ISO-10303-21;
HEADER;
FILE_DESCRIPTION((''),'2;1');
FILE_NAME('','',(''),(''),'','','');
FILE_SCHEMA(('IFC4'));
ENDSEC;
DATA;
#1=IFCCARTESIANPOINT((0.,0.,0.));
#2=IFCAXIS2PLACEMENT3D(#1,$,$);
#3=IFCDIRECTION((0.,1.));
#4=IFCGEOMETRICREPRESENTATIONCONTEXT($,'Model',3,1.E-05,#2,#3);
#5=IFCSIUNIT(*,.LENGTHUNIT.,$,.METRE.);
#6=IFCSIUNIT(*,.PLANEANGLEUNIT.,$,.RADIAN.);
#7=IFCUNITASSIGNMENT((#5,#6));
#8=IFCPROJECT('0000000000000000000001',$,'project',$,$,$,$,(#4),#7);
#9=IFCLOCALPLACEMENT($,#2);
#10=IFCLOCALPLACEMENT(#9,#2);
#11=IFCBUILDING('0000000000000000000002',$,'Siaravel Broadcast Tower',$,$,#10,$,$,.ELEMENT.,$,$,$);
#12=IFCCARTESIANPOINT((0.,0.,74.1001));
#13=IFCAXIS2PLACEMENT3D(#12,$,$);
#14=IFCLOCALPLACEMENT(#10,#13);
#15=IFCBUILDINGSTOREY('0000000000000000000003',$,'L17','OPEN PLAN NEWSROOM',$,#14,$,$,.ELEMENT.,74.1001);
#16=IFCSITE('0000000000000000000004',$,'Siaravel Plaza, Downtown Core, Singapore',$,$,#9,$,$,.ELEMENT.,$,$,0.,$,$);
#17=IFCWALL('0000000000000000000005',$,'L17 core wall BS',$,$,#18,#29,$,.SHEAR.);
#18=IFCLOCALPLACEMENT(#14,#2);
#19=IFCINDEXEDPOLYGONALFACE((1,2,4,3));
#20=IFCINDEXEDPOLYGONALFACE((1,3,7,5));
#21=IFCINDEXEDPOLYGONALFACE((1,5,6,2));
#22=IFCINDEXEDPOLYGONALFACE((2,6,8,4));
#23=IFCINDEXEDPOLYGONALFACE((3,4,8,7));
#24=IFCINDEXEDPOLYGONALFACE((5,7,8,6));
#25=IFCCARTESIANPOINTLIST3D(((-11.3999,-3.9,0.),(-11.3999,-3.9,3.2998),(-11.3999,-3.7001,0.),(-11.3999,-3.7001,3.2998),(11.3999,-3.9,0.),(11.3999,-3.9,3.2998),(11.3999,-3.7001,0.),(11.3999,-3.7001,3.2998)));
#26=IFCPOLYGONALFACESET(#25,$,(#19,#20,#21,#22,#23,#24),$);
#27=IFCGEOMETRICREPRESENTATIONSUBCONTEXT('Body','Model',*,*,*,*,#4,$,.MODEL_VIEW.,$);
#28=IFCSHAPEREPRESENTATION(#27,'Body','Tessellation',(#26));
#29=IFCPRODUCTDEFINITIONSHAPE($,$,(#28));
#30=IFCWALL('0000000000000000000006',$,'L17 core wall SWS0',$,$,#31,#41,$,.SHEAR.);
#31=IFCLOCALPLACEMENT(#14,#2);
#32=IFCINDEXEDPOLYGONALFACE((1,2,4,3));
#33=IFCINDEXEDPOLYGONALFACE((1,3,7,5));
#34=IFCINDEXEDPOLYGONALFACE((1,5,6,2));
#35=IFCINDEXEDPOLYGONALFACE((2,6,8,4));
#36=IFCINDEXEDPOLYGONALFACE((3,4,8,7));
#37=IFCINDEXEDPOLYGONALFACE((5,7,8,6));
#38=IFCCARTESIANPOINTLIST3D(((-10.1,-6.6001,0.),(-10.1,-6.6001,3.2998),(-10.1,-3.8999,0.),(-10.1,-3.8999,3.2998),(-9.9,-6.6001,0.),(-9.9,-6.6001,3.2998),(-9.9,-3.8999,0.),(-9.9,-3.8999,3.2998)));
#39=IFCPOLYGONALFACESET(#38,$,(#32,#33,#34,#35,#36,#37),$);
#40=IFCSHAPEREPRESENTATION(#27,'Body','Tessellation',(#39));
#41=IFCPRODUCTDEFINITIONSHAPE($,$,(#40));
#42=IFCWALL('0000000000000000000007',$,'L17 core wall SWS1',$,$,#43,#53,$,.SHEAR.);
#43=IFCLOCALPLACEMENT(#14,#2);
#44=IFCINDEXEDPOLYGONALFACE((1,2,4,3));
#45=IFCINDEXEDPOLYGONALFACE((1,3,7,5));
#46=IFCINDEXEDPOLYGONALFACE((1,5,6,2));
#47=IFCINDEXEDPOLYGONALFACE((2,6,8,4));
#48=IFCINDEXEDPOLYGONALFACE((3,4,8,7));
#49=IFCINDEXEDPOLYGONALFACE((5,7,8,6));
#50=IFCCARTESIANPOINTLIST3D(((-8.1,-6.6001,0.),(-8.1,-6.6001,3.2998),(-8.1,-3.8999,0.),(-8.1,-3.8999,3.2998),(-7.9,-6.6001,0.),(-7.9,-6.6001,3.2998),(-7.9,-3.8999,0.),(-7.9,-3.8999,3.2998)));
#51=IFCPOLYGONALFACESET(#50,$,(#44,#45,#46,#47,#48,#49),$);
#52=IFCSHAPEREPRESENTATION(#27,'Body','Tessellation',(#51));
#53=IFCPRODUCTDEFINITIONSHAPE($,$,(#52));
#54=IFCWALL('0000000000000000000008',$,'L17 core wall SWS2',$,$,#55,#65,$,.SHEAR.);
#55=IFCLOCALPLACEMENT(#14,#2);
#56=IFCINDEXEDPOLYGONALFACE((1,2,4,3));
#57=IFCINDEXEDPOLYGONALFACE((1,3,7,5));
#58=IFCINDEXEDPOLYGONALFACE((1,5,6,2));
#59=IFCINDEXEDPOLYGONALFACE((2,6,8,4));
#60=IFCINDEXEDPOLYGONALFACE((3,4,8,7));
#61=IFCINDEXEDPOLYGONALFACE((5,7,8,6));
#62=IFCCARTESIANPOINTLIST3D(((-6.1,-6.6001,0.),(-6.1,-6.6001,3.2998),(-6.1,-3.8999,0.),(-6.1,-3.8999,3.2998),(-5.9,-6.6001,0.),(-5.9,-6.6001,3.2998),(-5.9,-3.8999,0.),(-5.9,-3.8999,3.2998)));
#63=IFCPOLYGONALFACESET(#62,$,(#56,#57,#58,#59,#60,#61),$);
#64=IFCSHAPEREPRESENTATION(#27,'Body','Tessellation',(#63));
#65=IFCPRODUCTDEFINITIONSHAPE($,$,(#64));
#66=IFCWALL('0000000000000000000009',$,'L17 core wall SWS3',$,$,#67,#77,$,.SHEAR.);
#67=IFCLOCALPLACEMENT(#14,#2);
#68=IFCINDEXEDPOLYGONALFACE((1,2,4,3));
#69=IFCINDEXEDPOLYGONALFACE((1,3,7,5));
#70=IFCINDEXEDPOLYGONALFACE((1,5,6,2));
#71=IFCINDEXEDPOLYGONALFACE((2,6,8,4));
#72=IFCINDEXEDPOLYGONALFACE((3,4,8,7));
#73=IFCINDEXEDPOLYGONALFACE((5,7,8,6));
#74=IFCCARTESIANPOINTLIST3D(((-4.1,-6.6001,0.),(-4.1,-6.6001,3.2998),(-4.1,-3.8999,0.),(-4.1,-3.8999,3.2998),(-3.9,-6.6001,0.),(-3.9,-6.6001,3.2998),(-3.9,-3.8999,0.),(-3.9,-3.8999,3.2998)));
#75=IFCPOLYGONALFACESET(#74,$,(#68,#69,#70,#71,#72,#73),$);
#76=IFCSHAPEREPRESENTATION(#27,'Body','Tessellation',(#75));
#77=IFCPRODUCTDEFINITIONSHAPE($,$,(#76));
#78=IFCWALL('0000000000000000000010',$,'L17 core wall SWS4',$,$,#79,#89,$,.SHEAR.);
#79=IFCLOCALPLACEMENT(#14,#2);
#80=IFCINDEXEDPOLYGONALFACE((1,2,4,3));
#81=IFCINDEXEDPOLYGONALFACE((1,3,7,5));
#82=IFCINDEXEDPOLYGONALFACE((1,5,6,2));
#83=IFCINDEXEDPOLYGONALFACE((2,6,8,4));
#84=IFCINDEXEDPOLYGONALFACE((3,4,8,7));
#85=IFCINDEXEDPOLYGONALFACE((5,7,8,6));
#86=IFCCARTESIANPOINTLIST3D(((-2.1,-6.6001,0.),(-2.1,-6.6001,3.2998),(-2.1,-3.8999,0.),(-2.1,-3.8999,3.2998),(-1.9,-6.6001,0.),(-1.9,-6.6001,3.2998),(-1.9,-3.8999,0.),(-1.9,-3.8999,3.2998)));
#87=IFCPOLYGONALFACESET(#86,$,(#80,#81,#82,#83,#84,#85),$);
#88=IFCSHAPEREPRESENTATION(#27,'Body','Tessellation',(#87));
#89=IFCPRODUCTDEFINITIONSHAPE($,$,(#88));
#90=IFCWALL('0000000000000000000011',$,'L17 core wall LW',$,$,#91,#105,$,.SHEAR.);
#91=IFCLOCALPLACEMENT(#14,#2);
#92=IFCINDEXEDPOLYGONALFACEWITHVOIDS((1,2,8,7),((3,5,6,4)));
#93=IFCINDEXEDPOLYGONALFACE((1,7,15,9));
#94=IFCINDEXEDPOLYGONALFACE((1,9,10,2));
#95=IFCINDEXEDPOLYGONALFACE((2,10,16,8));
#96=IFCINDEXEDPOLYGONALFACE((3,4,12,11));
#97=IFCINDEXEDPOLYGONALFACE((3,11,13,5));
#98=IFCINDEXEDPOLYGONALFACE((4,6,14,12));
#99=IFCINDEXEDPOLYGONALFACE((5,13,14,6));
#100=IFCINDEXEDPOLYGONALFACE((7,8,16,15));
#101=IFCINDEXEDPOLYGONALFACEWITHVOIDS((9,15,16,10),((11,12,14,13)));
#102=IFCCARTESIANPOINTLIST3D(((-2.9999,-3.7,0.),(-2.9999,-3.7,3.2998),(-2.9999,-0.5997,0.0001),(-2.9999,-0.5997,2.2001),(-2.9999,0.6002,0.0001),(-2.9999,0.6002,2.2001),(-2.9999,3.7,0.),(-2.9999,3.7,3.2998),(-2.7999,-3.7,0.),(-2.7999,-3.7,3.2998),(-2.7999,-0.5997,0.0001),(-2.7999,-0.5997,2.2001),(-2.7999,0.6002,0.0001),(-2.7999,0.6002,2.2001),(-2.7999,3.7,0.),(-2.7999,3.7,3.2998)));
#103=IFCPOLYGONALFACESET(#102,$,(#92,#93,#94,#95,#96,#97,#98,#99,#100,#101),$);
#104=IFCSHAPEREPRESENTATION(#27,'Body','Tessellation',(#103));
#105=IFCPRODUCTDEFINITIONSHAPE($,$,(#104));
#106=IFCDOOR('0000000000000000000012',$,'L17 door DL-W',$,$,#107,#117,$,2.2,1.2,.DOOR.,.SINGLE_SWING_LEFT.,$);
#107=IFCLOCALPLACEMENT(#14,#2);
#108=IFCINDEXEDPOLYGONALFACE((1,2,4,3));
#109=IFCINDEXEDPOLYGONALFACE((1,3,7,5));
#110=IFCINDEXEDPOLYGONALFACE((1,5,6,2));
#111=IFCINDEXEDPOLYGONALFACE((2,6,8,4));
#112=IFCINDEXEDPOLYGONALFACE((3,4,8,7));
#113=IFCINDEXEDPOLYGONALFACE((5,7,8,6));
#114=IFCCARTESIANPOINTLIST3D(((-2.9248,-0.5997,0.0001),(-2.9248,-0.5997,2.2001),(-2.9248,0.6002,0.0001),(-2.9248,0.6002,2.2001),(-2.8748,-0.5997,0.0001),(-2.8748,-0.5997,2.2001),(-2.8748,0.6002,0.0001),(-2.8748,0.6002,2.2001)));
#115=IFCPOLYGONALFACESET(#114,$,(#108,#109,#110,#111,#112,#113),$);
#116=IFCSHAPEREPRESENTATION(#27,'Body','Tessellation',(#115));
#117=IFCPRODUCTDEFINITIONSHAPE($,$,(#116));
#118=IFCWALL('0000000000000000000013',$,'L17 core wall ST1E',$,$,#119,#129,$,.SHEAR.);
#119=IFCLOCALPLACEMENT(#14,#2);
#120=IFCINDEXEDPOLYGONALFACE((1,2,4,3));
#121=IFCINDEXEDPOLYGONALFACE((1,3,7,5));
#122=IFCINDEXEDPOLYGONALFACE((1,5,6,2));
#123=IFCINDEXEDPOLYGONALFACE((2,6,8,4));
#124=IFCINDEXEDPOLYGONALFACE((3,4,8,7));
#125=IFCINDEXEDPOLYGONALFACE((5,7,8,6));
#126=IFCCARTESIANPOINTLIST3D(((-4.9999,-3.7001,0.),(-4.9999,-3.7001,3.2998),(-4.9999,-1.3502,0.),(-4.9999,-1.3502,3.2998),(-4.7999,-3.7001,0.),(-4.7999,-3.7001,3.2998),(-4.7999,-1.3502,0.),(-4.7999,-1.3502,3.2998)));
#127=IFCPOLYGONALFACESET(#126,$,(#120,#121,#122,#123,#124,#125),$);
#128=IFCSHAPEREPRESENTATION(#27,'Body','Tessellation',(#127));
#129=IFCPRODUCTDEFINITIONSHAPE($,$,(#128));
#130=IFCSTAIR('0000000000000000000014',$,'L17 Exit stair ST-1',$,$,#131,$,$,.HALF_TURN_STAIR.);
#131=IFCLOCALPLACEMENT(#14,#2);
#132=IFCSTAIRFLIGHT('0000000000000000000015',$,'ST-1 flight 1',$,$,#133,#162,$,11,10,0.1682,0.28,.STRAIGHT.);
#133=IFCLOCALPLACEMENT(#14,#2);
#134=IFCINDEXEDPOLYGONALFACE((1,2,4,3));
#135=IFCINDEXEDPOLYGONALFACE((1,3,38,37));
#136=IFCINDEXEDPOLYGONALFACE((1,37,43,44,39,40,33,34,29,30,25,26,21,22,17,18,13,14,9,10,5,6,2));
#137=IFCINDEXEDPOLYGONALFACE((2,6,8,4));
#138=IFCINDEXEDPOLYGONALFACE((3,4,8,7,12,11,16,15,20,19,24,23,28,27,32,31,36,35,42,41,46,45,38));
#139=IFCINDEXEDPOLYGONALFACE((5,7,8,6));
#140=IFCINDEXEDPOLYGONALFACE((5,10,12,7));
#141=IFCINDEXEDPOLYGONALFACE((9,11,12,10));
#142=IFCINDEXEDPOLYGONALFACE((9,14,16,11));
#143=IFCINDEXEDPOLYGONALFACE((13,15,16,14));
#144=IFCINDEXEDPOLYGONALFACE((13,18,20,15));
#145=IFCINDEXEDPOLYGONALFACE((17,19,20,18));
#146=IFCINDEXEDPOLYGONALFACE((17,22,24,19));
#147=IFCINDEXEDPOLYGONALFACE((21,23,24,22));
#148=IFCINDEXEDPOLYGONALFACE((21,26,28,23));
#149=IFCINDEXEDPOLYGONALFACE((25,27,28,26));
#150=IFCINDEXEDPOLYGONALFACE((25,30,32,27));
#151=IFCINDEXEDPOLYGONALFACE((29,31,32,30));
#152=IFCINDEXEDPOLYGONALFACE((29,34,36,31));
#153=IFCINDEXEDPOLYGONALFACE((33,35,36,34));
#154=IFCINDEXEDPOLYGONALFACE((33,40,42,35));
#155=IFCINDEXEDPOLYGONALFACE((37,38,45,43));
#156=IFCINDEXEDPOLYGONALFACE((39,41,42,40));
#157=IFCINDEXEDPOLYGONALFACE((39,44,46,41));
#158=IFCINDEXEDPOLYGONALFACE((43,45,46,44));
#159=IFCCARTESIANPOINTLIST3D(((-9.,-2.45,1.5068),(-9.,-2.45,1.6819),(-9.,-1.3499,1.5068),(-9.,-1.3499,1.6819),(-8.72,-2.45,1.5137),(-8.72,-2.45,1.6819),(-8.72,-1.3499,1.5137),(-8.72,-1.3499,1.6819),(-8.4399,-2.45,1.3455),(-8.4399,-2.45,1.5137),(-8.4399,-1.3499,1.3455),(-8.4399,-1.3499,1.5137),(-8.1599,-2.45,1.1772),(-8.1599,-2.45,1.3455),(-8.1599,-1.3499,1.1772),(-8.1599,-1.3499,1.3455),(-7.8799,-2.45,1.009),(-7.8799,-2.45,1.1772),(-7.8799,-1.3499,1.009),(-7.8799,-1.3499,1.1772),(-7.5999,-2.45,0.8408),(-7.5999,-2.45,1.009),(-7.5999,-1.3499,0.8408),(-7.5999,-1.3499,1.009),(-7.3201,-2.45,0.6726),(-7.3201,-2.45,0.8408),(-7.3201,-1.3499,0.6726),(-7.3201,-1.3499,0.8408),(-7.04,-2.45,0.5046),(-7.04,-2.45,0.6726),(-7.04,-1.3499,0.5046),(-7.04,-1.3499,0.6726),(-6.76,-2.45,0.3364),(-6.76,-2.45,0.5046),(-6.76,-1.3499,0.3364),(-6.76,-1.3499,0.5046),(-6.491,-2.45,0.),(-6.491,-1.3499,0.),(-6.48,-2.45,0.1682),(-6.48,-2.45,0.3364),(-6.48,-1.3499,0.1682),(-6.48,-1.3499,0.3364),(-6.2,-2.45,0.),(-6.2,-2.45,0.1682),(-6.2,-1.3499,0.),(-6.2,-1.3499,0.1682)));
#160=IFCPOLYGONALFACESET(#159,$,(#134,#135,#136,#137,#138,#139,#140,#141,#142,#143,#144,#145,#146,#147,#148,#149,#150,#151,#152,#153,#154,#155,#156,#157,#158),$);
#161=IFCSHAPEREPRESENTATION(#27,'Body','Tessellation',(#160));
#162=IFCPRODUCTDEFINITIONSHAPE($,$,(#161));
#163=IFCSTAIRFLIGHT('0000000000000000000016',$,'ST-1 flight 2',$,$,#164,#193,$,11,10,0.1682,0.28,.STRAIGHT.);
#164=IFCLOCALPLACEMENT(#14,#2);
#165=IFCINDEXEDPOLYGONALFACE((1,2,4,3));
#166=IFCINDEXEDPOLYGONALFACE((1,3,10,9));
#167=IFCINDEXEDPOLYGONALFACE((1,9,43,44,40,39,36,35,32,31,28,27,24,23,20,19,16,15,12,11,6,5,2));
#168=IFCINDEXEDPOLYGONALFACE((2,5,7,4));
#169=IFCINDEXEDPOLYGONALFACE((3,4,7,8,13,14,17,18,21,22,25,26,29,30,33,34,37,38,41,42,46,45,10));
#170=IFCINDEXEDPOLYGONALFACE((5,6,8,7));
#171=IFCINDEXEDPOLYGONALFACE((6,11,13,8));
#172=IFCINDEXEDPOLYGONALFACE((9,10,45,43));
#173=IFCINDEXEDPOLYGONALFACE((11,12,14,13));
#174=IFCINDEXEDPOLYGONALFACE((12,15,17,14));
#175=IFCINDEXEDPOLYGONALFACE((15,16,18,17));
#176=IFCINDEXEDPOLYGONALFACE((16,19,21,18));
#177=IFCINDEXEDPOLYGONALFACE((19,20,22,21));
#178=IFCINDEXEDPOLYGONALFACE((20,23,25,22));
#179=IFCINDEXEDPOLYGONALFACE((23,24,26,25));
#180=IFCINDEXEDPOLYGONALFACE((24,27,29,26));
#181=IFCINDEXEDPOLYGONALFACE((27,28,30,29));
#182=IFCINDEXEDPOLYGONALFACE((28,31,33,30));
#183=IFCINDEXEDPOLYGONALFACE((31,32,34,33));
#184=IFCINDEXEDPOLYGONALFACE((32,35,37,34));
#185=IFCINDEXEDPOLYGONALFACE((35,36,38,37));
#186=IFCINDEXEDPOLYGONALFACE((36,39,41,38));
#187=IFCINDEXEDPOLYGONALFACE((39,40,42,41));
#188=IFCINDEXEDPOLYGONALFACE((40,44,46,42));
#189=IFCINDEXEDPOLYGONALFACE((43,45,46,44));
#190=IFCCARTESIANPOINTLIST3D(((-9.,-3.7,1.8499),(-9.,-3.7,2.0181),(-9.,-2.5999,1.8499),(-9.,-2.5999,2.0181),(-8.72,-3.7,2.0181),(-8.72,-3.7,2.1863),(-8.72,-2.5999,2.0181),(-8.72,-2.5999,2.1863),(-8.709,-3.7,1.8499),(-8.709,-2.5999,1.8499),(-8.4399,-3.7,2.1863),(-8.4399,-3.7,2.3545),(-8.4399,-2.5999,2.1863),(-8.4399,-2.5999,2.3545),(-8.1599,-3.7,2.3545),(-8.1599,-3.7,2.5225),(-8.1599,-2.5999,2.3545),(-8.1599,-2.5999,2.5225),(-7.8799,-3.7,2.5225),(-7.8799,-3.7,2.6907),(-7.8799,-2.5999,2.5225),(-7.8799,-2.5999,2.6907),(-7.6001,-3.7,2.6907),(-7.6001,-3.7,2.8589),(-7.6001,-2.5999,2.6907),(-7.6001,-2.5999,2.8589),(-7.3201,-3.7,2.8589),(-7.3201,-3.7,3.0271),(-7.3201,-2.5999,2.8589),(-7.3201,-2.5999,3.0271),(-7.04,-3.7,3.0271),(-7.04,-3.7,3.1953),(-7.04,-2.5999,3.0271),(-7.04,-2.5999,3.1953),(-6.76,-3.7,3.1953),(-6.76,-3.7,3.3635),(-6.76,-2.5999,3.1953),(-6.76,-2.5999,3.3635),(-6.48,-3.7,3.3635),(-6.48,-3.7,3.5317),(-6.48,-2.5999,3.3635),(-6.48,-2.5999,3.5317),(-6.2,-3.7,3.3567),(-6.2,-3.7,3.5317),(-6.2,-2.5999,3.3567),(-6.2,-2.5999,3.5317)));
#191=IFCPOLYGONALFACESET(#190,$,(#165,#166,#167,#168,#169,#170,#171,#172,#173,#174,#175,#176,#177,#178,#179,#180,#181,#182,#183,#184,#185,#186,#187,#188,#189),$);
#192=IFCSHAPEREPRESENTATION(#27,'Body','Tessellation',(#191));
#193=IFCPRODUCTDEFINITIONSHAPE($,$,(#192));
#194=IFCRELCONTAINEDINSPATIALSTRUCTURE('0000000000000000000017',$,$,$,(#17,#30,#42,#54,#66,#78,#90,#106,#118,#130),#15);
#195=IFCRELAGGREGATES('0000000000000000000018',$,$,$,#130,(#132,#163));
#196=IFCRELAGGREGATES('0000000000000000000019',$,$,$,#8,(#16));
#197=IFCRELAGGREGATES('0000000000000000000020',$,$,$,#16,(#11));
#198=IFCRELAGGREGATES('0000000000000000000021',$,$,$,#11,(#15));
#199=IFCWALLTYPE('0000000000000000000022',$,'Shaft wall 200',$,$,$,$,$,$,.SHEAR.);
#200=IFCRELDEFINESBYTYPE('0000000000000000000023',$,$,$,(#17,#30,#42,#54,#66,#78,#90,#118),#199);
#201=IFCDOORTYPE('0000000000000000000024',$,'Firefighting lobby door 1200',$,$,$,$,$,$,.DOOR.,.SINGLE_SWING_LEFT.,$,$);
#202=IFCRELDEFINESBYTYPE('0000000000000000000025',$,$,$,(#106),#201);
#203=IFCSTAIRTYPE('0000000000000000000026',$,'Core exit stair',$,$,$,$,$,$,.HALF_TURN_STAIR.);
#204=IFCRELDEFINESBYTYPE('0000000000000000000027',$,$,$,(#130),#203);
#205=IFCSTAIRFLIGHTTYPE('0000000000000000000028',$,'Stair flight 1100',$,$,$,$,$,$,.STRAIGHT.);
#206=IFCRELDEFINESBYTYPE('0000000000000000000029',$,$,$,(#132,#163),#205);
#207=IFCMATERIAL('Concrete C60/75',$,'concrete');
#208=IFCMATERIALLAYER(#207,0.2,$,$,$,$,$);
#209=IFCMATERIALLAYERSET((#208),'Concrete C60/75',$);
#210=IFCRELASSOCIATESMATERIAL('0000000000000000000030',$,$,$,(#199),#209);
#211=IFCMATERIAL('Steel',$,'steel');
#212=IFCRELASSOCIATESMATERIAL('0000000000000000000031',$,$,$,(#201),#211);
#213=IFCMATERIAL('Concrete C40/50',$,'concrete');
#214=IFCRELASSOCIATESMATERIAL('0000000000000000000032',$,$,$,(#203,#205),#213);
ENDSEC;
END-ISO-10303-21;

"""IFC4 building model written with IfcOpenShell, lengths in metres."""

from ifc_helpers import new_model, si_unit, direction, frame, frame_2d, origin, place, context, subcontext, project, spatial, polyline, rectangle, outline, extrude, material, layer, layer_set, type_object, element, fill, aggregate, save


model = new_model("IFC4")

# Units and contexts
model_context = context("Model", 3, precision=1e-05, world=origin(), true_north=direction((0.0, 1.0)))
body_context = subcontext(model_context, "Body", "Model", "MODEL_VIEW")
ifc_project = project(units=[si_unit("LENGTHUNIT", "METRE"), si_unit("PLANEANGLEUNIT", "RADIAN")], contexts=[model_context])

# Site, building, storey
site_placement = place(None, origin())
site = spatial("IfcSite", under=ifc_project, at=site_placement, Name="Siaravel Plaza, Downtown Core, Singapore", CompositionType="ELEMENT", RefElevation=0.0)
building_placement = place(site_placement, origin())
building = spatial("IfcBuilding", under=site, at=building_placement, Name="Siaravel Broadcast Tower", CompositionType="ELEMENT")
storey_placement = place(building_placement, frame((0.0, 0.0, 74.1001)))
storey = spatial("IfcBuildingStorey", under=building, at=storey_placement, Name="L17", Description="OPEN PLAN NEWSROOM", CompositionType="ELEMENT", Elevation=74.1001)

# Walls
ifc_material_1 = material(Name="Concrete C60/75", Category="concrete")
ifc_layer = layer(ifc_material_1, 0.2)
ifc_layer_set = layer_set([ifc_layer], Name="Concrete C60/75")
wall_type = type_object("IfcWallType", Name="Shaft wall 200", PredefinedType="SHEAR", material=ifc_layer_set)
wall_1_placement = place(storey_placement, frame((-11.3999, -3.8, 0.0), z_axis=(0.0, 0.0, 1.0), x_axis=(1.0, 0.0, 0.0)))
element("IfcWall", 1, at=wall_1_placement, inside=storey, type_object=wall_type, Name="L17 core wall BS", PredefinedType="SHEAR", context=body_context, shape_type="SweptSolid", body=[
    extrude(rectangle(XDim=22.7998, YDim=0.2, at=frame_2d((11.3999, 0.0))), origin(), (0.0, 0.0, 1.0), 3.2998),
])
for number, where, z_axis, x_axis, name in (
    (2, (-10.0, -6.6001, 0.0), (0.0, 0.0, 1.0), (0.0, 1.0, 0.0), "L17 core wall SWS0"),
    (3, (-8.0, -6.6001, 0.0), (0.0, 0.0, 1.0), (0.0, 1.0, 0.0), "L17 core wall SWS1"),
    (4, (-6.0, -6.6001, 0.0), (0.0, 0.0, 1.0), (0.0, 1.0, 0.0), "L17 core wall SWS2"),
    (5, (-4.0, -6.6001, 0.0), (0.0, 0.0, 1.0), (0.0, 1.0, 0.0), "L17 core wall SWS3"),
    (6, (-2.0, -6.6001, 0.0), (0.0, 0.0, 1.0), (0.0, 1.0, 0.0), "L17 core wall SWS4"),
):
    element("IfcWall", number, at=place(storey_placement, frame(where, z_axis=z_axis, x_axis=x_axis)), inside=storey, type_object=wall_type, Name=name, PredefinedType="SHEAR", context=body_context, shape_type="SweptSolid", body=[
        extrude(rectangle(XDim=2.7002, YDim=0.2, at=frame_2d((1.3501, 0.0))), origin(), (0.0, 0.0, 1.0), 3.2998),
    ])

# Wall, opening, door
wall_2_placement = place(storey_placement, frame((-2.8999, -3.7, 0.0), z_axis=(0.0, 0.0, 1.0), x_axis=(0.0, 1.0, 0.0)))
wall_2 = element("IfcWall", 7, at=wall_2_placement, inside=storey, type_object=wall_type, Name="L17 core wall LW", PredefinedType="SHEAR", context=body_context, shape_type="SweptSolid", body=[
    extrude(rectangle(XDim=7.3999, YDim=0.2, at=frame_2d((3.7, 0.0))), origin(), (0.0, 0.0, 1.0), 3.2998),
])
opening_placement = place(wall_2_placement, frame((3.1001, 0.0, 0.0)))
opening = element("IfcOpeningElement", 8, at=opening_placement, cuts=wall_2, PredefinedType="OPENING", context=body_context, shape_type="SweptSolid", body=[
    extrude(rectangle(XDim=1.2, YDim=2.2, at=frame_2d((0.6001, 1.1001))), frame((0.0, 0.1099, 0.0), z_axis=(0.0, -1.0, 0.0), x_axis=(1.0, 0.0, 0.0)), (0.0, 0.0, 1.0), 0.22),
])
ifc_material_2 = material(Name="Steel", Category="steel")
door_type = type_object("IfcDoorType", Name="Firefighting lobby door 1200", OperationType="SINGLE_SWING_LEFT", PredefinedType="DOOR", material=ifc_material_2)
door_placement = place(opening_placement, origin())
door = element("IfcDoor", 9, at=door_placement, inside=storey, type_object=door_type, Name="L17 door DL-W", OperationType="SINGLE_SWING_LEFT", OverallHeight=2.2, OverallWidth=1.2, PredefinedType="DOOR", context=body_context, shape_type="SweptSolid", body=[
    extrude(rectangle(XDim=1.2, YDim=2.2, at=frame_2d((0.6001, 1.1001))), frame((0.0, 0.0249, 0.0), z_axis=(0.0, -1.0, 0.0), x_axis=(1.0, 0.0, 0.0)), (0.0, 0.0, 1.0), 0.05),
])
fill(opening, door)

# Wall
wall_3_placement = place(storey_placement, frame((-4.8999, -3.7, 0.0), z_axis=(0.0, 0.0, 1.0), x_axis=(0.0, 1.0, 0.0)))
element("IfcWall", 10, at=wall_3_placement, inside=storey, type_object=wall_type, Name="L17 core wall ST1E", PredefinedType="SHEAR", context=body_context, shape_type="SweptSolid", body=[
    extrude(rectangle(XDim=2.3499, YDim=0.2, at=frame_2d((1.1748, 0.0))), origin(), (0.0, 0.0, 1.0), 3.2998),
])

# Stair, stair flights
ifc_material_3 = material(Name="Concrete C40/50", Category="concrete")
stair_type = type_object("IfcStairType", Name="Core exit stair", PredefinedType="HALF_TURN_STAIR", material=ifc_material_3)
stair_placement = place(storey_placement, origin())
stair = element("IfcStair", 11, at=stair_placement, inside=storey, type_object=stair_type, Name="L17 Exit stair ST-1", PredefinedType="HALF_TURN_STAIR")
stair_flight_type = type_object("IfcStairFlightType", Name="Stair flight 1100", PredefinedType="STRAIGHT", material=ifc_material_3)
stair_flight_1_placement = place(storey_placement, frame((-6.2, -1.8999, 0.0), z_axis=(0.0, 0.0, 1.0), x_axis=(-1.0, 0.0, 0.0)))
stair_flight_1 = element("IfcStairFlight", 12, at=stair_flight_1_placement, type_object=stair_flight_type, Name="ST-1 flight 1", NumberOfRisers=11, NumberOfTreads=10, PredefinedType="STRAIGHT", RiserHeight=0.1682, TreadLength=0.28, context=body_context, shape_type="SweptSolid", body=[
    extrude(outline(polyline([(0.0, 0.0), (0.0, 0.1682), (0.28, 0.1682), (0.28, 0.3364), (0.5601, 0.3364), (0.5601, 0.5046), (0.8401, 0.5046), (0.8401, 0.6726), (1.1201, 0.6726), (1.1201, 0.8408), (1.3999, 0.8408), (1.3999, 1.009), (1.6799, 1.009), (1.6799, 1.1772), (1.96, 1.1772), (1.96, 1.3455), (2.24, 1.3455), (2.24, 1.5137), (2.52, 1.5137), (2.52, 1.6819), (2.8, 1.6819), (2.8, 1.8501), (2.8, 1.5068), (0.291, 0.0), (0.0, 0.0)])), frame((0.0, 0.55, 0.0), z_axis=(0.0, -1.0, 0.0), x_axis=(1.0, 0.0, 0.0)), (0.0, 0.0, 1.0), 1.1001),
])
stair_flight_2_placement = place(storey_placement, frame((-9.0, -3.1499, 1.8499), z_axis=(0.0, 0.0, 1.0), x_axis=(1.0, 0.0, 0.0)))
stair_flight_2 = element("IfcStairFlight", 13, at=stair_flight_2_placement, type_object=stair_flight_type, Name="ST-1 flight 2", NumberOfRisers=11, NumberOfTreads=10, PredefinedType="STRAIGHT", RiserHeight=0.1682, TreadLength=0.28, context=body_context, shape_type="SweptSolid", body=[
    extrude(outline(polyline([(0.0, 0.0), (0.0, 0.1682), (0.28, 0.1682), (0.28, 0.3364), (0.5601, 0.3364), (0.5601, 0.5046), (0.8401, 0.5046), (0.8401, 0.6726), (1.1201, 0.6726), (1.1201, 0.8408), (1.3999, 0.8408), (1.3999, 1.009), (1.6799, 1.009), (1.6799, 1.1772), (1.96, 1.1772), (1.96, 1.3455), (2.24, 1.3455), (2.24, 1.5137), (2.52, 1.5137), (2.52, 1.6819), (2.8, 1.6819), (2.8, 1.8501), (2.8, 1.5068), (0.291, 0.0), (0.0, 0.0)])), frame((0.0, 0.55, 0.0), z_axis=(0.0, -1.0, 0.0), x_axis=(1.0, 0.0, 0.0)), (0.0, 0.0, 1.0), 1.1001),
])
aggregate(stair, [stair_flight_1, stair_flight_2])

save(model, "model.ifc")
